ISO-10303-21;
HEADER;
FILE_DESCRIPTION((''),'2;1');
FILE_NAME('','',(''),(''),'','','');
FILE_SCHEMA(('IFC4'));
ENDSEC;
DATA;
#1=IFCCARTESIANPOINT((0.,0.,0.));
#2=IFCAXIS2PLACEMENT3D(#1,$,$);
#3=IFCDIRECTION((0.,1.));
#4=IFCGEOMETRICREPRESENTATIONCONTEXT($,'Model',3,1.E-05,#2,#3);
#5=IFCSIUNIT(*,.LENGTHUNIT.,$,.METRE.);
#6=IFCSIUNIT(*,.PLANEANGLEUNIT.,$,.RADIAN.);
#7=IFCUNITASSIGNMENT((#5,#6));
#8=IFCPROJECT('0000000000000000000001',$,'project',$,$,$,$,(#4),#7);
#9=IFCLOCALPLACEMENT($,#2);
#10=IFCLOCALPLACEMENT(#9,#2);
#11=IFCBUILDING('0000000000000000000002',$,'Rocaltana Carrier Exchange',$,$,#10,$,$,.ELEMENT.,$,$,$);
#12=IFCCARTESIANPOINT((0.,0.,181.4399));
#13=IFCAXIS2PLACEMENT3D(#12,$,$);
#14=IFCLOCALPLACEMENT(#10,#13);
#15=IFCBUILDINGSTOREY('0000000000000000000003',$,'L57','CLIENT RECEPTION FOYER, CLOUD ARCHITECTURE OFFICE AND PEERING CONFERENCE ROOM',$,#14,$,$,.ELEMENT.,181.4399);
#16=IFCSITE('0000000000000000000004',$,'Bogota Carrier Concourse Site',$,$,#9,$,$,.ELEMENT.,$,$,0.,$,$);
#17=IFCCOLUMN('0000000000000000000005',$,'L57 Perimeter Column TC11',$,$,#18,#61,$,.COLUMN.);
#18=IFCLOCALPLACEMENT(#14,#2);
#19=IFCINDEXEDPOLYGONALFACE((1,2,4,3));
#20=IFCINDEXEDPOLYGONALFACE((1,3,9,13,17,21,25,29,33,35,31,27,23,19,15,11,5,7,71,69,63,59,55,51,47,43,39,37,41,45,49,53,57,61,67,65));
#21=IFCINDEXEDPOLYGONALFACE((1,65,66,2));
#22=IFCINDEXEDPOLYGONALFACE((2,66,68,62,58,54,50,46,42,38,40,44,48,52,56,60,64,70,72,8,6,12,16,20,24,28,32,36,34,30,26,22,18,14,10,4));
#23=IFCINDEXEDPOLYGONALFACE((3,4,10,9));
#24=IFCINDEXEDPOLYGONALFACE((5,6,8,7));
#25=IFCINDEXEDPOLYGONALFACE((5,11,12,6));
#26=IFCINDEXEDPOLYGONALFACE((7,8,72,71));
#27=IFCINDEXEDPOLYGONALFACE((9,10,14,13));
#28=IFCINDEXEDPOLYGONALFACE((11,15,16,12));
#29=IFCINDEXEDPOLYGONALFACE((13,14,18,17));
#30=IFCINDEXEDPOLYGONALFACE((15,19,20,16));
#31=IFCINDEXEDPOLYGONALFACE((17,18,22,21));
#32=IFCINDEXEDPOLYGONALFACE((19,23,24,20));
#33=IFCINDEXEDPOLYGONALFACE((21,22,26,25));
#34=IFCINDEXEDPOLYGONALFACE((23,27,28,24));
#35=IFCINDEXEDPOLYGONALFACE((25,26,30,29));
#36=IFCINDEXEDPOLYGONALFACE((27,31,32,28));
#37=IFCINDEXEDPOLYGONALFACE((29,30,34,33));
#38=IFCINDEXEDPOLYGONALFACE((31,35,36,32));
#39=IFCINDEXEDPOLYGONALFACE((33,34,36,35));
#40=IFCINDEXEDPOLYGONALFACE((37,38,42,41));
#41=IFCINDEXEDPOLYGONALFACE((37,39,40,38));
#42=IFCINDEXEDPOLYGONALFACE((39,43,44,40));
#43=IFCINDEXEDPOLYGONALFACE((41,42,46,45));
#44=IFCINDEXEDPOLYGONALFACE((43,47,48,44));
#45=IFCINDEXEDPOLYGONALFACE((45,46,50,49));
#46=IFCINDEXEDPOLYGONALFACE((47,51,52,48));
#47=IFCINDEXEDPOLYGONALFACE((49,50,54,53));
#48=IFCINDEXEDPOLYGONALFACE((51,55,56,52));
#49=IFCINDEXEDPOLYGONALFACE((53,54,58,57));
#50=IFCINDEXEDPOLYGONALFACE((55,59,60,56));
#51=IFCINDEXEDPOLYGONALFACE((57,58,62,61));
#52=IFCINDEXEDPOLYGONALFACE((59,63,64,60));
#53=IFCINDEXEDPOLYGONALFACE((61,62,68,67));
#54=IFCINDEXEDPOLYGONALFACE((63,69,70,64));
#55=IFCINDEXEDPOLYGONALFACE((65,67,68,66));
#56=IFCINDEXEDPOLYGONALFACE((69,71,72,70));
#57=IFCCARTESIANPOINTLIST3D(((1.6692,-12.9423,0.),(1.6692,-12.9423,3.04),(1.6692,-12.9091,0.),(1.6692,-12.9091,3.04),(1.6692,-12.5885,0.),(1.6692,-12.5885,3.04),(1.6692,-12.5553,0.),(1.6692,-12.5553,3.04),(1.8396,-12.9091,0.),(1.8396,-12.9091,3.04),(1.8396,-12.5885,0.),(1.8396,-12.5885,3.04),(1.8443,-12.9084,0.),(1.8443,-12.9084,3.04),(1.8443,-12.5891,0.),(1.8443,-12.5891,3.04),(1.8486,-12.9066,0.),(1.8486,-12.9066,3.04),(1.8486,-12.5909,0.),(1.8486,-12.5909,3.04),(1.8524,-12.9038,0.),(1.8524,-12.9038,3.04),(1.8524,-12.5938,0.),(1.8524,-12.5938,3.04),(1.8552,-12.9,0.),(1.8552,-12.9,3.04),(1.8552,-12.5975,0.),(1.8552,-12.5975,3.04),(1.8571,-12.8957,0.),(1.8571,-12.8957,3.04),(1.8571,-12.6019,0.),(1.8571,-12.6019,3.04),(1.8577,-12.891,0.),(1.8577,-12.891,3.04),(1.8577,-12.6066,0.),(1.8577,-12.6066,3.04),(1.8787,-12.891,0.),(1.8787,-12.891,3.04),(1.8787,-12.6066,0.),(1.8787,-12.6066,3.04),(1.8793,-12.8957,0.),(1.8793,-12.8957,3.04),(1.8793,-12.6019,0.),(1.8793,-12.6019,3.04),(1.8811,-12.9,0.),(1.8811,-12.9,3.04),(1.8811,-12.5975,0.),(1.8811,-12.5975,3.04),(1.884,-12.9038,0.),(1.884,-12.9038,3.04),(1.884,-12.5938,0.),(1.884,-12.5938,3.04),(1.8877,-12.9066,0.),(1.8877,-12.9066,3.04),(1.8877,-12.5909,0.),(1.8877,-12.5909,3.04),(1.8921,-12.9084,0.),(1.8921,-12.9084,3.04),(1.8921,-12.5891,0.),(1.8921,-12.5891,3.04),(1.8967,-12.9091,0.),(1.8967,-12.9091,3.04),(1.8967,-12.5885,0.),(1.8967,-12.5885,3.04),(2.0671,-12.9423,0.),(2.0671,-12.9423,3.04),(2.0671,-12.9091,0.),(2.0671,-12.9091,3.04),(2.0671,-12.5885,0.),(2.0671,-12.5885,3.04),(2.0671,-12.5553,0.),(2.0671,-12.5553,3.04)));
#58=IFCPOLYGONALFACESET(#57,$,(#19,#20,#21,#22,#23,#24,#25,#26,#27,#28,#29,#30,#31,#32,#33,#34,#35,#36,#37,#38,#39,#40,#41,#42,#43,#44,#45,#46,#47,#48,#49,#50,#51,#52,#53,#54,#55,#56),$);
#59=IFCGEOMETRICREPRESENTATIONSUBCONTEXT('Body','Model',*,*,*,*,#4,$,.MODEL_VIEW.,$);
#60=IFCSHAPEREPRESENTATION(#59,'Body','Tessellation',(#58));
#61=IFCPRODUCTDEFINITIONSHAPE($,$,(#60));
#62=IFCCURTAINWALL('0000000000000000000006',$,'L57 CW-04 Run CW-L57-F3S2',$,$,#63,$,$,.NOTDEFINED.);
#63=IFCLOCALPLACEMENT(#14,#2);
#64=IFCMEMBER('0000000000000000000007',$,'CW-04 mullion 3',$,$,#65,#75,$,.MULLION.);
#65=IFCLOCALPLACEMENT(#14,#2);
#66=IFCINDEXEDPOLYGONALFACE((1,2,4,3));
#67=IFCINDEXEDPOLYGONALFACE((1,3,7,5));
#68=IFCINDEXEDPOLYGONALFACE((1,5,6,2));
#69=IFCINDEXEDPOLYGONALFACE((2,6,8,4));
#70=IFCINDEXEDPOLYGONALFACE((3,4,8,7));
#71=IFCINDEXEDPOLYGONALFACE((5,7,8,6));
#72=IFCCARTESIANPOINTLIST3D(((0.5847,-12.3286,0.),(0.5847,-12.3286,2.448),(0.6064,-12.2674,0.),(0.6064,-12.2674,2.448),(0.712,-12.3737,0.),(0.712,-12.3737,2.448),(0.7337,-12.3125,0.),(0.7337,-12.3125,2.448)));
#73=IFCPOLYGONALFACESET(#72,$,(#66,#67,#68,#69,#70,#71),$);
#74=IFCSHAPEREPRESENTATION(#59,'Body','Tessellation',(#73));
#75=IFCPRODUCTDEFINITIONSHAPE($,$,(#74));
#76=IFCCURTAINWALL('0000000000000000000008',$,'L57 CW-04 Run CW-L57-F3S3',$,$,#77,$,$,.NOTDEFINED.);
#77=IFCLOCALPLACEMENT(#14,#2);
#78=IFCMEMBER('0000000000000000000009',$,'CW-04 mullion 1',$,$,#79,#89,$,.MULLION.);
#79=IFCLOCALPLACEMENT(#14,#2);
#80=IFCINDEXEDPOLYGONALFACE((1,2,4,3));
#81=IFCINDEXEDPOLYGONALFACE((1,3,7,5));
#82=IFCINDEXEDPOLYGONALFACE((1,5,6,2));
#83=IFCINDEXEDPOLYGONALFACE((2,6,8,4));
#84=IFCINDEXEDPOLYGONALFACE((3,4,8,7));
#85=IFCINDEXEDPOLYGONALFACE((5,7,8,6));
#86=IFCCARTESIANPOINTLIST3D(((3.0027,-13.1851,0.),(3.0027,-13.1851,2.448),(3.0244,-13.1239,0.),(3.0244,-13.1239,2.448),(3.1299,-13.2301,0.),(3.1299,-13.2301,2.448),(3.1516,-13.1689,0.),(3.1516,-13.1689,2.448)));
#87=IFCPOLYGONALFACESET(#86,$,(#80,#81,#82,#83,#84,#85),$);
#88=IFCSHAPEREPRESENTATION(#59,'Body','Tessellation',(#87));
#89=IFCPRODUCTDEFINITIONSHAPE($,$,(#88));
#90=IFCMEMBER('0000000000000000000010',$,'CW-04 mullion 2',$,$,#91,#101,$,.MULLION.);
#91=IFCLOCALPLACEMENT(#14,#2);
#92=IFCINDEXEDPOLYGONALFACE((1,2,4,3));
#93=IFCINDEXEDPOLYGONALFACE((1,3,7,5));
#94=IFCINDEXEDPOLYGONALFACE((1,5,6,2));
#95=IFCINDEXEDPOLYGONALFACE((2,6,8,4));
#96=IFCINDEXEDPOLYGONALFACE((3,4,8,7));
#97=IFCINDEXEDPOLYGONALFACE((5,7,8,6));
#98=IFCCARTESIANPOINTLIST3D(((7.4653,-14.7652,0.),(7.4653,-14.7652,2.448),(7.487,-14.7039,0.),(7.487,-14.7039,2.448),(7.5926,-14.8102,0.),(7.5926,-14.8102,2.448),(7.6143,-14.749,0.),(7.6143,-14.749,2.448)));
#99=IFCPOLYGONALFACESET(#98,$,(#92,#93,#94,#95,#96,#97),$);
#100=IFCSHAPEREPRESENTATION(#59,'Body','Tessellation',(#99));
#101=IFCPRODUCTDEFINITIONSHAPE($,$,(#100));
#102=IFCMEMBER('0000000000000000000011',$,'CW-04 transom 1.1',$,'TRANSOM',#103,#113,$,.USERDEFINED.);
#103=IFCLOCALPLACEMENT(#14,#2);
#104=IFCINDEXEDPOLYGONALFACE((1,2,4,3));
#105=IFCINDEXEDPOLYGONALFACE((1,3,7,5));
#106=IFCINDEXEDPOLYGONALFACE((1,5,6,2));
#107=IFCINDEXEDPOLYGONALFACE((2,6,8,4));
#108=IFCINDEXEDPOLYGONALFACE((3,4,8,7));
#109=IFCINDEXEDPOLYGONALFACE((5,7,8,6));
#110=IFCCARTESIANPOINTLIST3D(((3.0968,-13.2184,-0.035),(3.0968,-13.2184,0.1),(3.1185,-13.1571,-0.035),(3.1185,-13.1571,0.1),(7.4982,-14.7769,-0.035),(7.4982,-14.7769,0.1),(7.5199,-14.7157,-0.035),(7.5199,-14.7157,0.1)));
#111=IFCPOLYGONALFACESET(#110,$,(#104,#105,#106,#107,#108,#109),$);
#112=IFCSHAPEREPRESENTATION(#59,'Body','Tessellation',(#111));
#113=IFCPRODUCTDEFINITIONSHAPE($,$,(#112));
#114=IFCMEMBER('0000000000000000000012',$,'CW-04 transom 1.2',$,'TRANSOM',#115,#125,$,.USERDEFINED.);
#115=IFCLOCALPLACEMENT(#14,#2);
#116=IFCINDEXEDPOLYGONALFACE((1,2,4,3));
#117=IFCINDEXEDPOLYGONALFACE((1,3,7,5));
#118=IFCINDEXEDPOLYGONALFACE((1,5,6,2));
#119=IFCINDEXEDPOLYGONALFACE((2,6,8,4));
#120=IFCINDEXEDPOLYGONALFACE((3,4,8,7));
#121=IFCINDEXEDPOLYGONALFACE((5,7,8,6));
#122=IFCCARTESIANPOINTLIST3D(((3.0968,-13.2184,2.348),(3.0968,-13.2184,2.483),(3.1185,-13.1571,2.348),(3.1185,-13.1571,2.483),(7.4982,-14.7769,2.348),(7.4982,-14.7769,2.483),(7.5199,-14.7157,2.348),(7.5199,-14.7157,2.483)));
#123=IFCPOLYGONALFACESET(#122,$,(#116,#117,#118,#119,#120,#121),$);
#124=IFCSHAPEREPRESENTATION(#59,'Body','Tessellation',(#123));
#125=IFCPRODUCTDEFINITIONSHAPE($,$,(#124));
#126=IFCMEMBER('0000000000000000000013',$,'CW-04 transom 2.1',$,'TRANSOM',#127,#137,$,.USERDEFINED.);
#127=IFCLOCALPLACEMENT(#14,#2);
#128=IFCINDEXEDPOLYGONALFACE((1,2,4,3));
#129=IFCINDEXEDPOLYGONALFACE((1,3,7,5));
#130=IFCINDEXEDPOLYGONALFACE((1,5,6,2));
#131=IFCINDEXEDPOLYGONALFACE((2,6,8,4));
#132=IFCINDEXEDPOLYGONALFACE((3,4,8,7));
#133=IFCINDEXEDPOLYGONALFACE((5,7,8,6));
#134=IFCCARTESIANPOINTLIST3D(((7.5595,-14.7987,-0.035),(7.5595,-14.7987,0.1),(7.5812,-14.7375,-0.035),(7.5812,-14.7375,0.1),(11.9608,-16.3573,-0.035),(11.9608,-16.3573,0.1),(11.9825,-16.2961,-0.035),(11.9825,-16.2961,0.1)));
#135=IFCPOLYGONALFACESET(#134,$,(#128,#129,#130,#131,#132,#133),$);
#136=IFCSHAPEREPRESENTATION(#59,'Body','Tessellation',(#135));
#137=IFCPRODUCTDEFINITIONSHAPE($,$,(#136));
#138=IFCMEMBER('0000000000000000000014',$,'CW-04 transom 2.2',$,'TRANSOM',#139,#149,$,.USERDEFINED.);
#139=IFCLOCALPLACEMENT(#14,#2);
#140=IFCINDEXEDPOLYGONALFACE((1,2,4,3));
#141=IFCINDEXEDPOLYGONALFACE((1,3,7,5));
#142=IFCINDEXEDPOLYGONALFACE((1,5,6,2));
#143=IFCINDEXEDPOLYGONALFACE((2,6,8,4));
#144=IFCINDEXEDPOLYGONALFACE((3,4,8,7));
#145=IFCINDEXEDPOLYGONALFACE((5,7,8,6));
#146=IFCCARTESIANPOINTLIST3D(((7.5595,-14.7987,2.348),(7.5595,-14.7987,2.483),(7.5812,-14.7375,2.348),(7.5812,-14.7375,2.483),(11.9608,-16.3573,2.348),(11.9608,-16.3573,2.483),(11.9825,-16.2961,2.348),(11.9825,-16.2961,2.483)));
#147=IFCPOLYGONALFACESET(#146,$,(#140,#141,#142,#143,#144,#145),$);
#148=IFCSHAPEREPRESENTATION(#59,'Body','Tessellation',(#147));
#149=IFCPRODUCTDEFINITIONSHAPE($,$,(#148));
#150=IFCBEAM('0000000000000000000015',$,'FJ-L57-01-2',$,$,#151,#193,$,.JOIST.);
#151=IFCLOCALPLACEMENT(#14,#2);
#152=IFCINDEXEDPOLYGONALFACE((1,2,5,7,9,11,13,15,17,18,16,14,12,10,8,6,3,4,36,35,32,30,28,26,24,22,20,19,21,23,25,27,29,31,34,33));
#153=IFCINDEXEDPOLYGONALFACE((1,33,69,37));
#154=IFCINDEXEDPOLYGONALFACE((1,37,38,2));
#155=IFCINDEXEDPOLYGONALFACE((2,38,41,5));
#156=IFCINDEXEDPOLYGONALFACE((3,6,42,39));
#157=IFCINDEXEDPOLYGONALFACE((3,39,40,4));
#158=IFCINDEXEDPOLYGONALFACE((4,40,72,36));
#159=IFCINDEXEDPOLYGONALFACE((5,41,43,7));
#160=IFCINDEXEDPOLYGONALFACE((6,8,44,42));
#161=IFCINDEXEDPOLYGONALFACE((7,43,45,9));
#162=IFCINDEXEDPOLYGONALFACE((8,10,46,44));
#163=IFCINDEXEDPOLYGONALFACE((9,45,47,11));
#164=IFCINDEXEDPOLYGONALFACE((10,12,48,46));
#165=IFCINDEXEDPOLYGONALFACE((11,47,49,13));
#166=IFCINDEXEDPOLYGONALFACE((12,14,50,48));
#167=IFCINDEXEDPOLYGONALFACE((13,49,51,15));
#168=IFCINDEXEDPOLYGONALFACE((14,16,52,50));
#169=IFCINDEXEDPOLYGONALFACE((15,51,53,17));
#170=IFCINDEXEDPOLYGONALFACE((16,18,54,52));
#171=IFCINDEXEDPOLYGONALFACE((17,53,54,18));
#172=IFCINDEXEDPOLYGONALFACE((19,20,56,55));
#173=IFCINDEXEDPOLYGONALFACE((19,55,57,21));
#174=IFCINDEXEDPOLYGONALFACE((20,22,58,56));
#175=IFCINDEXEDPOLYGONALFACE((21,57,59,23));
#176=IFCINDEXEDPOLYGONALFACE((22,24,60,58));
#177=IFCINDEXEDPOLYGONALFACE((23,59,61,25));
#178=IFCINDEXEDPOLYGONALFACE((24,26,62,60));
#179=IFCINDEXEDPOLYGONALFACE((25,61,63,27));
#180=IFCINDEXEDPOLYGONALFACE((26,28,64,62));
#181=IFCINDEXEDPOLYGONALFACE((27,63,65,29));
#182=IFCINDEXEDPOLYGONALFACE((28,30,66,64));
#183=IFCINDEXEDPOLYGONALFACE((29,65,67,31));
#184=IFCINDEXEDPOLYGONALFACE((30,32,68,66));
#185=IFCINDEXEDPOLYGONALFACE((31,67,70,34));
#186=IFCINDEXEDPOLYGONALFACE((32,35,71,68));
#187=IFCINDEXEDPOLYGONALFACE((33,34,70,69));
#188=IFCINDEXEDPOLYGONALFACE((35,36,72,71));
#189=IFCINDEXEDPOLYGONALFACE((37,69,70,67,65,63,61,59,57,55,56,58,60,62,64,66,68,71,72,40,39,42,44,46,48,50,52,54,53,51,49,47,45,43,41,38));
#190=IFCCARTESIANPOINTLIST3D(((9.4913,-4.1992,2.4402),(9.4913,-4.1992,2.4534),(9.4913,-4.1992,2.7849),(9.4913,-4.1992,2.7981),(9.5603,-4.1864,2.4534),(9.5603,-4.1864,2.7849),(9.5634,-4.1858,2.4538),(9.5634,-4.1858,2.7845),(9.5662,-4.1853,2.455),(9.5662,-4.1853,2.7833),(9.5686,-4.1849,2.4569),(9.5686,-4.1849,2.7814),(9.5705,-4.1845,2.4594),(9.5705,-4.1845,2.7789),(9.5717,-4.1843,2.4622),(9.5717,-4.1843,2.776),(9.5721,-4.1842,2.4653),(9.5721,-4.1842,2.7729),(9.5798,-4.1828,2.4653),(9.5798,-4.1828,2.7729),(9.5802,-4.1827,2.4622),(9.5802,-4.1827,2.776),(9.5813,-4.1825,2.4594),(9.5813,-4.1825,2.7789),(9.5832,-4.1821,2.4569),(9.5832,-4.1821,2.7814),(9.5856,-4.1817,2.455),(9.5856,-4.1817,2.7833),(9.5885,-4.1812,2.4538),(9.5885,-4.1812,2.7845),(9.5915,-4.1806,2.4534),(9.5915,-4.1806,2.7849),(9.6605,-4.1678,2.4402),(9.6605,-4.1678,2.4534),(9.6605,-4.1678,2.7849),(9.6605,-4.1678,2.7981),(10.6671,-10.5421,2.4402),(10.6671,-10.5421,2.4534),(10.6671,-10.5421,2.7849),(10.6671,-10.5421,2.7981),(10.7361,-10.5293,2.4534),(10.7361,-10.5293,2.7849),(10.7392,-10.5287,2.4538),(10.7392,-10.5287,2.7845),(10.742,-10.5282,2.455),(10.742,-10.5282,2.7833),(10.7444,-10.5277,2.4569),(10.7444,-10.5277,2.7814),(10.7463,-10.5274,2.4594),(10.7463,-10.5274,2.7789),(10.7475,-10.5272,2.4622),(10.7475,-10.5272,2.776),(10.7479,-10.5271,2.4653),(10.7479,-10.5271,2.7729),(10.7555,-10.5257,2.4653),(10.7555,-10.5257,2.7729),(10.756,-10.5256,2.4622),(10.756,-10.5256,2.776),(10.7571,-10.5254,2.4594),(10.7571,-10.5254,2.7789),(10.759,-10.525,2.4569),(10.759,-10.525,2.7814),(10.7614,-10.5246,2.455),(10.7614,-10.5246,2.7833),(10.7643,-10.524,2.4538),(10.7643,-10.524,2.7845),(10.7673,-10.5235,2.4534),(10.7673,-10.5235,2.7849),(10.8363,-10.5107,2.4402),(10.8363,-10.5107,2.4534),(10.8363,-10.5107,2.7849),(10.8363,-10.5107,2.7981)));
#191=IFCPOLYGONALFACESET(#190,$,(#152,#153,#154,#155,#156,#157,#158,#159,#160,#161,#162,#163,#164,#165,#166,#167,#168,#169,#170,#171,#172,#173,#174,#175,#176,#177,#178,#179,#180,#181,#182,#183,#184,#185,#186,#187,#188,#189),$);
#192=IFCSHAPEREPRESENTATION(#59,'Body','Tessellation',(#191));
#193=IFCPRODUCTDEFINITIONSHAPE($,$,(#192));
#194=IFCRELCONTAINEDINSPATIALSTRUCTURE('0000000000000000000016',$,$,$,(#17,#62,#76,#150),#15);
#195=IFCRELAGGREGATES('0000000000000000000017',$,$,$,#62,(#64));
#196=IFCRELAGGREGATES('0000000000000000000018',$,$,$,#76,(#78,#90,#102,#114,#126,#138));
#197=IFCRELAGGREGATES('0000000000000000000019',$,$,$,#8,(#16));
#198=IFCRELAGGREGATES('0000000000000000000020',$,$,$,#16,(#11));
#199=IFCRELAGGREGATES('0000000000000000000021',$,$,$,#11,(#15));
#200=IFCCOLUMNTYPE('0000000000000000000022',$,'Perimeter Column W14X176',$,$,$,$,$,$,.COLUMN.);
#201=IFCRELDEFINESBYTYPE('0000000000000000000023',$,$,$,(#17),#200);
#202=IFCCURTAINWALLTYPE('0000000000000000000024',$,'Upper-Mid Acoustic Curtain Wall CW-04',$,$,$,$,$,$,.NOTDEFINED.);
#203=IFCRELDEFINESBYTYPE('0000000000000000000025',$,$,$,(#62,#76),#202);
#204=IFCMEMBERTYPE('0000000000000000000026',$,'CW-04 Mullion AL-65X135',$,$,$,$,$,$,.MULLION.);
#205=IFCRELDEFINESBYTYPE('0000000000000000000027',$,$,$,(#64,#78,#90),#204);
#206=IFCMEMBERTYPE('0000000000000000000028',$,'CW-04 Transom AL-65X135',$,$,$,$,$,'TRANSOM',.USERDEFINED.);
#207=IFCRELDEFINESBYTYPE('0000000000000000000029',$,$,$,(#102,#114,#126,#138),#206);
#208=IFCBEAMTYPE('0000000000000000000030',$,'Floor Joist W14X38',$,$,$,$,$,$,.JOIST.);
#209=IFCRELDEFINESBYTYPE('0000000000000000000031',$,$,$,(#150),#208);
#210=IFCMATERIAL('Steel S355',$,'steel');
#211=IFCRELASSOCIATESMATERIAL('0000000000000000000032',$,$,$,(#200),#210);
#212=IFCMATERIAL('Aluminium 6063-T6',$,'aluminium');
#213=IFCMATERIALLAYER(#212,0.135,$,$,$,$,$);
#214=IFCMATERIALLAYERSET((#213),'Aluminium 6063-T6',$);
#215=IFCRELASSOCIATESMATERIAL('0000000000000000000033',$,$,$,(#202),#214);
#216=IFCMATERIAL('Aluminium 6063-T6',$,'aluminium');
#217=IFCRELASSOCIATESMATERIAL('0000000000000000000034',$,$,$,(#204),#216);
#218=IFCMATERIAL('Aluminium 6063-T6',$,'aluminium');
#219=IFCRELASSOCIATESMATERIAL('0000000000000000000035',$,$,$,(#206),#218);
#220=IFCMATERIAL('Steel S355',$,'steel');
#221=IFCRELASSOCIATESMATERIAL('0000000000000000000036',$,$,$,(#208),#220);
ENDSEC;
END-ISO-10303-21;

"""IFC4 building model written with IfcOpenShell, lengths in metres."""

from ifc_helpers import new_model, si_unit, direction, frame, origin, origin_2d, place, context, subcontext, project, spatial, rectangle, i_section, extrude, material, layer, layer_set, material_profile, profile_set, type_object, element, aggregate, save


model = new_model("IFC4")

# Units and contexts
model_context = context("Model", 3, precision=1e-05, world=origin(), true_north=direction((0.0, 1.0)))
body_context = subcontext(model_context, "Body", "Model", "MODEL_VIEW")
ifc_project = project(units=[si_unit("LENGTHUNIT", "METRE"), si_unit("PLANEANGLEUNIT", "RADIAN")], contexts=[model_context])

# Site, building, storey
site_placement = place(None, origin())
site = spatial("IfcSite", under=ifc_project, at=site_placement, Name="Bogota Carrier Concourse Site", CompositionType="ELEMENT", RefElevation=0.0)
building_placement = place(site_placement, origin())
building = spatial("IfcBuilding", under=site, at=building_placement, Name="Rocaltana Carrier Exchange", CompositionType="ELEMENT")
storey_placement = place(building_placement, frame((0.0, 0.0, 181.4399)))
storey = spatial("IfcBuildingStorey", under=building, at=storey_placement, Name="L57", Description="CLIENT RECEPTION FOYER, CLOUD ARCHITECTURE OFFICE AND PEERING CONFERENCE ROOM", CompositionType="ELEMENT", Elevation=181.4399)

# Column
ifc_material_1 = material(Name="Steel S355", Category="steel")
ifc_material_profile_1 = material_profile(ifc_material_1, i_section(OverallWidth=0.3979, OverallDepth=0.387, WebThickness=0.021, FlangeThickness=0.0332, FilletRadius=0.0181, at=origin_2d()), Name="W14X176")
ifc_profile_set_1 = profile_set([ifc_material_profile_1], Name="Steel S355")
column_type = type_object("IfcColumnType", Name="Perimeter Column W14X176", PredefinedType="COLUMN", material=ifc_profile_set_1)
column_placement = place(storey_placement, frame((1.8682, -12.7488, 0.0), z_axis=(0.0, 0.0, 1.0), x_axis=(1.0, 0.0, 0.0)))
element("IfcColumn", 1, at=column_placement, inside=storey, type_object=column_type, Name="L57 Perimeter Column TC11", PredefinedType="COLUMN", context=body_context, shape_type="SweptSolid", body=[
    extrude(i_section(OverallWidth=0.3979, OverallDepth=0.387, WebThickness=0.021, FlangeThickness=0.0332, FilletRadius=0.0181, at=origin_2d()), origin(), (0.0, 0.0, 1.0), 3.04),
])

# Curtain wall, member
ifc_material_2 = material(Name="Aluminium 6063-T6", Category="aluminium")
ifc_layer_1 = layer(ifc_material_2, 0.135)
ifc_layer_set_1 = layer_set([ifc_layer_1], Name="Aluminium 6063-T6")
curtain_wall_type = type_object("IfcCurtainWallType", Name="Upper-Mid Acoustic Curtain Wall CW-04", PredefinedType="NOTDEFINED", material=ifc_layer_set_1)
curtain_wall_1_placement = place(storey_placement, origin())
curtain_wall_1 = element("IfcCurtainWall", 2, at=curtain_wall_1_placement, inside=storey, type_object=curtain_wall_type, Name="L57 CW-04 Run CW-L57-F3S2", PredefinedType="NOTDEFINED")
ifc_material_3 = material(Name="Aluminium 6063-T6", Category="aluminium")
ifc_material_profile_2 = material_profile(ifc_material_3, rectangle(XDim=0.0649, YDim=0.135, at=origin_2d()), Name="AL-65X135")
ifc_profile_set_2 = profile_set([ifc_material_profile_2], Name="Aluminium 6063-T6")
member_type_1 = type_object("IfcMemberType", Name="CW-04 Mullion AL-65X135", PredefinedType="MULLION", material=ifc_profile_set_2)
member_1_placement = place(storey_placement, frame((0.6592, -12.3206, 0.0), z_axis=(0.0, 0.0, 1.0), x_axis=(0.333799, 0.942644, 0.0)))
member_1 = element("IfcMember", 3, at=member_1_placement, type_object=member_type_1, Name="CW-04 mullion 3", PredefinedType="MULLION", context=body_context, shape_type="SweptSolid", body=[
    extrude(rectangle(XDim=0.0649, YDim=0.135, at=origin_2d()), origin(), (0.0, 0.0, 1.0), 2.448),
])
aggregate(curtain_wall_1, [member_1])

# Curtain wall, members
curtain_wall_2_placement = place(storey_placement, origin())
curtain_wall_2 = element("IfcCurtainWall", 4, at=curtain_wall_2_placement, inside=storey, type_object=curtain_wall_type, Name="L57 CW-04 Run CW-L57-F3S3", PredefinedType="NOTDEFINED")
member_2_placement = place(storey_placement, frame((3.0771, -13.177, 0.0), z_axis=(0.0, 0.0, 1.0), x_axis=(0.333799, 0.942644, 0.0)))
member_2 = element("IfcMember", 5, at=member_2_placement, type_object=member_type_1, Name="CW-04 mullion 1", PredefinedType="MULLION", context=body_context, shape_type="SweptSolid", body=[
    extrude(rectangle(XDim=0.0649, YDim=0.135, at=origin_2d()), origin(), (0.0, 0.0, 1.0), 2.448),
])
member_3_placement = place(storey_placement, frame((7.5398, -14.7571, 0.0), z_axis=(0.0, 0.0, 1.0), x_axis=(0.333799, 0.942644, 0.0)))
member_3 = element("IfcMember", 6, at=member_3_placement, type_object=member_type_1, Name="CW-04 mullion 2", PredefinedType="MULLION", context=body_context, shape_type="SweptSolid", body=[
    extrude(rectangle(XDim=0.0649, YDim=0.135, at=origin_2d()), origin(), (0.0, 0.0, 1.0), 2.448),
])
ifc_material_4 = material(Name="Aluminium 6063-T6", Category="aluminium")
ifc_material_profile_3 = material_profile(ifc_material_4, rectangle(XDim=0.0649, YDim=0.135, at=origin_2d()), Name="AL-65X135")
ifc_profile_set_3 = profile_set([ifc_material_profile_3], Name="Aluminium 6063-T6")
member_type_2 = type_object("IfcMemberType", Name="CW-04 Transom AL-65X135", ElementType="TRANSOM", PredefinedType="USERDEFINED", material=ifc_profile_set_3)
member_4_placement = place(storey_placement, frame((3.1077, -13.1877, 0.0325), z_axis=(0.942642, -0.333805, 0.0), x_axis=(0.333805, 0.942642, 0.0)))
member_4 = element("IfcMember", 7, at=member_4_placement, type_object=member_type_2, Name="CW-04 transom 1.1", ObjectType="TRANSOM", PredefinedType="USERDEFINED", context=body_context, shape_type="SweptSolid", body=[
    extrude(rectangle(XDim=0.0649, YDim=0.135, at=origin_2d()), origin(), (0.0, 0.0, 1.0), 4.6692),
])
member_5_placement = place(storey_placement, frame((3.1077, -13.1877, 2.4155), z_axis=(0.942642, -0.333805, 0.0), x_axis=(0.333805, 0.942642, 0.0)))
member_5 = element("IfcMember", 8, at=member_5_placement, type_object=member_type_2, Name="CW-04 transom 1.2", ObjectType="TRANSOM", PredefinedType="USERDEFINED", context=body_context, shape_type="SweptSolid", body=[
    extrude(rectangle(XDim=0.0649, YDim=0.135, at=origin_2d()), origin(), (0.0, 0.0, 1.0), 4.6692),
])
member_6_placement = place(storey_placement, frame((7.5703, -14.7681, 0.0325), z_axis=(0.942642, -0.333805, 0.0), x_axis=(0.333805, 0.942642, 0.0)))
member_6 = element("IfcMember", 9, at=member_6_placement, type_object=member_type_2, Name="CW-04 transom 2.1", ObjectType="TRANSOM", PredefinedType="USERDEFINED", context=body_context, shape_type="SweptSolid", body=[
    extrude(rectangle(XDim=0.0649, YDim=0.135, at=origin_2d()), origin(), (0.0, 0.0, 1.0), 4.6692),
])
member_7_placement = place(storey_placement, frame((7.5703, -14.7681, 2.4155), z_axis=(0.942642, -0.333805, 0.0), x_axis=(0.333805, 0.942642, 0.0)))
member_7 = element("IfcMember", 10, at=member_7_placement, type_object=member_type_2, Name="CW-04 transom 2.2", ObjectType="TRANSOM", PredefinedType="USERDEFINED", context=body_context, shape_type="SweptSolid", body=[
    extrude(rectangle(XDim=0.0649, YDim=0.135, at=origin_2d()), origin(), (0.0, 0.0, 1.0), 4.6692),
])

# Beam
ifc_material_5 = material(Name="Steel S355", Category="steel")
ifc_material_profile_4 = material_profile(ifc_material_5, i_section(OverallWidth=0.1721, OverallDepth=0.3579, WebThickness=0.0078, FlangeThickness=0.0132, FilletRadius=0.012, at=origin_2d()), Name="W14X38")
ifc_profile_set_4 = profile_set([ifc_material_profile_4], Name="Steel S355")
beam_type_1 = type_object("IfcBeamType", Name="Floor Joist W14X38", PredefinedType="JOIST", material=ifc_profile_set_4)
beam_1_placement = place(storey_placement, frame((10.7517, -10.5264, 2.6191), z_axis=(-0.182268, 0.983249, 0.0), x_axis=(-0.983249, -0.182268, 0.0)))
element("IfcBeam", 11, at=beam_1_placement, inside=storey, type_object=beam_type_1, Name="FJ-L57-01-2", PredefinedType="JOIST", context=body_context, shape_type="SweptSolid", body=[
    extrude(i_section(OverallWidth=0.1721, OverallDepth=0.3579, WebThickness=0.0078, FlangeThickness=0.0132, FilletRadius=0.012, at=origin_2d()), origin(), (0.0, 0.0, 1.0), 6.4509),
])

aggregate(curtain_wall_2, [member_2, member_3, member_4, member_5, member_6, member_7])

save(model, "model.ifc")
